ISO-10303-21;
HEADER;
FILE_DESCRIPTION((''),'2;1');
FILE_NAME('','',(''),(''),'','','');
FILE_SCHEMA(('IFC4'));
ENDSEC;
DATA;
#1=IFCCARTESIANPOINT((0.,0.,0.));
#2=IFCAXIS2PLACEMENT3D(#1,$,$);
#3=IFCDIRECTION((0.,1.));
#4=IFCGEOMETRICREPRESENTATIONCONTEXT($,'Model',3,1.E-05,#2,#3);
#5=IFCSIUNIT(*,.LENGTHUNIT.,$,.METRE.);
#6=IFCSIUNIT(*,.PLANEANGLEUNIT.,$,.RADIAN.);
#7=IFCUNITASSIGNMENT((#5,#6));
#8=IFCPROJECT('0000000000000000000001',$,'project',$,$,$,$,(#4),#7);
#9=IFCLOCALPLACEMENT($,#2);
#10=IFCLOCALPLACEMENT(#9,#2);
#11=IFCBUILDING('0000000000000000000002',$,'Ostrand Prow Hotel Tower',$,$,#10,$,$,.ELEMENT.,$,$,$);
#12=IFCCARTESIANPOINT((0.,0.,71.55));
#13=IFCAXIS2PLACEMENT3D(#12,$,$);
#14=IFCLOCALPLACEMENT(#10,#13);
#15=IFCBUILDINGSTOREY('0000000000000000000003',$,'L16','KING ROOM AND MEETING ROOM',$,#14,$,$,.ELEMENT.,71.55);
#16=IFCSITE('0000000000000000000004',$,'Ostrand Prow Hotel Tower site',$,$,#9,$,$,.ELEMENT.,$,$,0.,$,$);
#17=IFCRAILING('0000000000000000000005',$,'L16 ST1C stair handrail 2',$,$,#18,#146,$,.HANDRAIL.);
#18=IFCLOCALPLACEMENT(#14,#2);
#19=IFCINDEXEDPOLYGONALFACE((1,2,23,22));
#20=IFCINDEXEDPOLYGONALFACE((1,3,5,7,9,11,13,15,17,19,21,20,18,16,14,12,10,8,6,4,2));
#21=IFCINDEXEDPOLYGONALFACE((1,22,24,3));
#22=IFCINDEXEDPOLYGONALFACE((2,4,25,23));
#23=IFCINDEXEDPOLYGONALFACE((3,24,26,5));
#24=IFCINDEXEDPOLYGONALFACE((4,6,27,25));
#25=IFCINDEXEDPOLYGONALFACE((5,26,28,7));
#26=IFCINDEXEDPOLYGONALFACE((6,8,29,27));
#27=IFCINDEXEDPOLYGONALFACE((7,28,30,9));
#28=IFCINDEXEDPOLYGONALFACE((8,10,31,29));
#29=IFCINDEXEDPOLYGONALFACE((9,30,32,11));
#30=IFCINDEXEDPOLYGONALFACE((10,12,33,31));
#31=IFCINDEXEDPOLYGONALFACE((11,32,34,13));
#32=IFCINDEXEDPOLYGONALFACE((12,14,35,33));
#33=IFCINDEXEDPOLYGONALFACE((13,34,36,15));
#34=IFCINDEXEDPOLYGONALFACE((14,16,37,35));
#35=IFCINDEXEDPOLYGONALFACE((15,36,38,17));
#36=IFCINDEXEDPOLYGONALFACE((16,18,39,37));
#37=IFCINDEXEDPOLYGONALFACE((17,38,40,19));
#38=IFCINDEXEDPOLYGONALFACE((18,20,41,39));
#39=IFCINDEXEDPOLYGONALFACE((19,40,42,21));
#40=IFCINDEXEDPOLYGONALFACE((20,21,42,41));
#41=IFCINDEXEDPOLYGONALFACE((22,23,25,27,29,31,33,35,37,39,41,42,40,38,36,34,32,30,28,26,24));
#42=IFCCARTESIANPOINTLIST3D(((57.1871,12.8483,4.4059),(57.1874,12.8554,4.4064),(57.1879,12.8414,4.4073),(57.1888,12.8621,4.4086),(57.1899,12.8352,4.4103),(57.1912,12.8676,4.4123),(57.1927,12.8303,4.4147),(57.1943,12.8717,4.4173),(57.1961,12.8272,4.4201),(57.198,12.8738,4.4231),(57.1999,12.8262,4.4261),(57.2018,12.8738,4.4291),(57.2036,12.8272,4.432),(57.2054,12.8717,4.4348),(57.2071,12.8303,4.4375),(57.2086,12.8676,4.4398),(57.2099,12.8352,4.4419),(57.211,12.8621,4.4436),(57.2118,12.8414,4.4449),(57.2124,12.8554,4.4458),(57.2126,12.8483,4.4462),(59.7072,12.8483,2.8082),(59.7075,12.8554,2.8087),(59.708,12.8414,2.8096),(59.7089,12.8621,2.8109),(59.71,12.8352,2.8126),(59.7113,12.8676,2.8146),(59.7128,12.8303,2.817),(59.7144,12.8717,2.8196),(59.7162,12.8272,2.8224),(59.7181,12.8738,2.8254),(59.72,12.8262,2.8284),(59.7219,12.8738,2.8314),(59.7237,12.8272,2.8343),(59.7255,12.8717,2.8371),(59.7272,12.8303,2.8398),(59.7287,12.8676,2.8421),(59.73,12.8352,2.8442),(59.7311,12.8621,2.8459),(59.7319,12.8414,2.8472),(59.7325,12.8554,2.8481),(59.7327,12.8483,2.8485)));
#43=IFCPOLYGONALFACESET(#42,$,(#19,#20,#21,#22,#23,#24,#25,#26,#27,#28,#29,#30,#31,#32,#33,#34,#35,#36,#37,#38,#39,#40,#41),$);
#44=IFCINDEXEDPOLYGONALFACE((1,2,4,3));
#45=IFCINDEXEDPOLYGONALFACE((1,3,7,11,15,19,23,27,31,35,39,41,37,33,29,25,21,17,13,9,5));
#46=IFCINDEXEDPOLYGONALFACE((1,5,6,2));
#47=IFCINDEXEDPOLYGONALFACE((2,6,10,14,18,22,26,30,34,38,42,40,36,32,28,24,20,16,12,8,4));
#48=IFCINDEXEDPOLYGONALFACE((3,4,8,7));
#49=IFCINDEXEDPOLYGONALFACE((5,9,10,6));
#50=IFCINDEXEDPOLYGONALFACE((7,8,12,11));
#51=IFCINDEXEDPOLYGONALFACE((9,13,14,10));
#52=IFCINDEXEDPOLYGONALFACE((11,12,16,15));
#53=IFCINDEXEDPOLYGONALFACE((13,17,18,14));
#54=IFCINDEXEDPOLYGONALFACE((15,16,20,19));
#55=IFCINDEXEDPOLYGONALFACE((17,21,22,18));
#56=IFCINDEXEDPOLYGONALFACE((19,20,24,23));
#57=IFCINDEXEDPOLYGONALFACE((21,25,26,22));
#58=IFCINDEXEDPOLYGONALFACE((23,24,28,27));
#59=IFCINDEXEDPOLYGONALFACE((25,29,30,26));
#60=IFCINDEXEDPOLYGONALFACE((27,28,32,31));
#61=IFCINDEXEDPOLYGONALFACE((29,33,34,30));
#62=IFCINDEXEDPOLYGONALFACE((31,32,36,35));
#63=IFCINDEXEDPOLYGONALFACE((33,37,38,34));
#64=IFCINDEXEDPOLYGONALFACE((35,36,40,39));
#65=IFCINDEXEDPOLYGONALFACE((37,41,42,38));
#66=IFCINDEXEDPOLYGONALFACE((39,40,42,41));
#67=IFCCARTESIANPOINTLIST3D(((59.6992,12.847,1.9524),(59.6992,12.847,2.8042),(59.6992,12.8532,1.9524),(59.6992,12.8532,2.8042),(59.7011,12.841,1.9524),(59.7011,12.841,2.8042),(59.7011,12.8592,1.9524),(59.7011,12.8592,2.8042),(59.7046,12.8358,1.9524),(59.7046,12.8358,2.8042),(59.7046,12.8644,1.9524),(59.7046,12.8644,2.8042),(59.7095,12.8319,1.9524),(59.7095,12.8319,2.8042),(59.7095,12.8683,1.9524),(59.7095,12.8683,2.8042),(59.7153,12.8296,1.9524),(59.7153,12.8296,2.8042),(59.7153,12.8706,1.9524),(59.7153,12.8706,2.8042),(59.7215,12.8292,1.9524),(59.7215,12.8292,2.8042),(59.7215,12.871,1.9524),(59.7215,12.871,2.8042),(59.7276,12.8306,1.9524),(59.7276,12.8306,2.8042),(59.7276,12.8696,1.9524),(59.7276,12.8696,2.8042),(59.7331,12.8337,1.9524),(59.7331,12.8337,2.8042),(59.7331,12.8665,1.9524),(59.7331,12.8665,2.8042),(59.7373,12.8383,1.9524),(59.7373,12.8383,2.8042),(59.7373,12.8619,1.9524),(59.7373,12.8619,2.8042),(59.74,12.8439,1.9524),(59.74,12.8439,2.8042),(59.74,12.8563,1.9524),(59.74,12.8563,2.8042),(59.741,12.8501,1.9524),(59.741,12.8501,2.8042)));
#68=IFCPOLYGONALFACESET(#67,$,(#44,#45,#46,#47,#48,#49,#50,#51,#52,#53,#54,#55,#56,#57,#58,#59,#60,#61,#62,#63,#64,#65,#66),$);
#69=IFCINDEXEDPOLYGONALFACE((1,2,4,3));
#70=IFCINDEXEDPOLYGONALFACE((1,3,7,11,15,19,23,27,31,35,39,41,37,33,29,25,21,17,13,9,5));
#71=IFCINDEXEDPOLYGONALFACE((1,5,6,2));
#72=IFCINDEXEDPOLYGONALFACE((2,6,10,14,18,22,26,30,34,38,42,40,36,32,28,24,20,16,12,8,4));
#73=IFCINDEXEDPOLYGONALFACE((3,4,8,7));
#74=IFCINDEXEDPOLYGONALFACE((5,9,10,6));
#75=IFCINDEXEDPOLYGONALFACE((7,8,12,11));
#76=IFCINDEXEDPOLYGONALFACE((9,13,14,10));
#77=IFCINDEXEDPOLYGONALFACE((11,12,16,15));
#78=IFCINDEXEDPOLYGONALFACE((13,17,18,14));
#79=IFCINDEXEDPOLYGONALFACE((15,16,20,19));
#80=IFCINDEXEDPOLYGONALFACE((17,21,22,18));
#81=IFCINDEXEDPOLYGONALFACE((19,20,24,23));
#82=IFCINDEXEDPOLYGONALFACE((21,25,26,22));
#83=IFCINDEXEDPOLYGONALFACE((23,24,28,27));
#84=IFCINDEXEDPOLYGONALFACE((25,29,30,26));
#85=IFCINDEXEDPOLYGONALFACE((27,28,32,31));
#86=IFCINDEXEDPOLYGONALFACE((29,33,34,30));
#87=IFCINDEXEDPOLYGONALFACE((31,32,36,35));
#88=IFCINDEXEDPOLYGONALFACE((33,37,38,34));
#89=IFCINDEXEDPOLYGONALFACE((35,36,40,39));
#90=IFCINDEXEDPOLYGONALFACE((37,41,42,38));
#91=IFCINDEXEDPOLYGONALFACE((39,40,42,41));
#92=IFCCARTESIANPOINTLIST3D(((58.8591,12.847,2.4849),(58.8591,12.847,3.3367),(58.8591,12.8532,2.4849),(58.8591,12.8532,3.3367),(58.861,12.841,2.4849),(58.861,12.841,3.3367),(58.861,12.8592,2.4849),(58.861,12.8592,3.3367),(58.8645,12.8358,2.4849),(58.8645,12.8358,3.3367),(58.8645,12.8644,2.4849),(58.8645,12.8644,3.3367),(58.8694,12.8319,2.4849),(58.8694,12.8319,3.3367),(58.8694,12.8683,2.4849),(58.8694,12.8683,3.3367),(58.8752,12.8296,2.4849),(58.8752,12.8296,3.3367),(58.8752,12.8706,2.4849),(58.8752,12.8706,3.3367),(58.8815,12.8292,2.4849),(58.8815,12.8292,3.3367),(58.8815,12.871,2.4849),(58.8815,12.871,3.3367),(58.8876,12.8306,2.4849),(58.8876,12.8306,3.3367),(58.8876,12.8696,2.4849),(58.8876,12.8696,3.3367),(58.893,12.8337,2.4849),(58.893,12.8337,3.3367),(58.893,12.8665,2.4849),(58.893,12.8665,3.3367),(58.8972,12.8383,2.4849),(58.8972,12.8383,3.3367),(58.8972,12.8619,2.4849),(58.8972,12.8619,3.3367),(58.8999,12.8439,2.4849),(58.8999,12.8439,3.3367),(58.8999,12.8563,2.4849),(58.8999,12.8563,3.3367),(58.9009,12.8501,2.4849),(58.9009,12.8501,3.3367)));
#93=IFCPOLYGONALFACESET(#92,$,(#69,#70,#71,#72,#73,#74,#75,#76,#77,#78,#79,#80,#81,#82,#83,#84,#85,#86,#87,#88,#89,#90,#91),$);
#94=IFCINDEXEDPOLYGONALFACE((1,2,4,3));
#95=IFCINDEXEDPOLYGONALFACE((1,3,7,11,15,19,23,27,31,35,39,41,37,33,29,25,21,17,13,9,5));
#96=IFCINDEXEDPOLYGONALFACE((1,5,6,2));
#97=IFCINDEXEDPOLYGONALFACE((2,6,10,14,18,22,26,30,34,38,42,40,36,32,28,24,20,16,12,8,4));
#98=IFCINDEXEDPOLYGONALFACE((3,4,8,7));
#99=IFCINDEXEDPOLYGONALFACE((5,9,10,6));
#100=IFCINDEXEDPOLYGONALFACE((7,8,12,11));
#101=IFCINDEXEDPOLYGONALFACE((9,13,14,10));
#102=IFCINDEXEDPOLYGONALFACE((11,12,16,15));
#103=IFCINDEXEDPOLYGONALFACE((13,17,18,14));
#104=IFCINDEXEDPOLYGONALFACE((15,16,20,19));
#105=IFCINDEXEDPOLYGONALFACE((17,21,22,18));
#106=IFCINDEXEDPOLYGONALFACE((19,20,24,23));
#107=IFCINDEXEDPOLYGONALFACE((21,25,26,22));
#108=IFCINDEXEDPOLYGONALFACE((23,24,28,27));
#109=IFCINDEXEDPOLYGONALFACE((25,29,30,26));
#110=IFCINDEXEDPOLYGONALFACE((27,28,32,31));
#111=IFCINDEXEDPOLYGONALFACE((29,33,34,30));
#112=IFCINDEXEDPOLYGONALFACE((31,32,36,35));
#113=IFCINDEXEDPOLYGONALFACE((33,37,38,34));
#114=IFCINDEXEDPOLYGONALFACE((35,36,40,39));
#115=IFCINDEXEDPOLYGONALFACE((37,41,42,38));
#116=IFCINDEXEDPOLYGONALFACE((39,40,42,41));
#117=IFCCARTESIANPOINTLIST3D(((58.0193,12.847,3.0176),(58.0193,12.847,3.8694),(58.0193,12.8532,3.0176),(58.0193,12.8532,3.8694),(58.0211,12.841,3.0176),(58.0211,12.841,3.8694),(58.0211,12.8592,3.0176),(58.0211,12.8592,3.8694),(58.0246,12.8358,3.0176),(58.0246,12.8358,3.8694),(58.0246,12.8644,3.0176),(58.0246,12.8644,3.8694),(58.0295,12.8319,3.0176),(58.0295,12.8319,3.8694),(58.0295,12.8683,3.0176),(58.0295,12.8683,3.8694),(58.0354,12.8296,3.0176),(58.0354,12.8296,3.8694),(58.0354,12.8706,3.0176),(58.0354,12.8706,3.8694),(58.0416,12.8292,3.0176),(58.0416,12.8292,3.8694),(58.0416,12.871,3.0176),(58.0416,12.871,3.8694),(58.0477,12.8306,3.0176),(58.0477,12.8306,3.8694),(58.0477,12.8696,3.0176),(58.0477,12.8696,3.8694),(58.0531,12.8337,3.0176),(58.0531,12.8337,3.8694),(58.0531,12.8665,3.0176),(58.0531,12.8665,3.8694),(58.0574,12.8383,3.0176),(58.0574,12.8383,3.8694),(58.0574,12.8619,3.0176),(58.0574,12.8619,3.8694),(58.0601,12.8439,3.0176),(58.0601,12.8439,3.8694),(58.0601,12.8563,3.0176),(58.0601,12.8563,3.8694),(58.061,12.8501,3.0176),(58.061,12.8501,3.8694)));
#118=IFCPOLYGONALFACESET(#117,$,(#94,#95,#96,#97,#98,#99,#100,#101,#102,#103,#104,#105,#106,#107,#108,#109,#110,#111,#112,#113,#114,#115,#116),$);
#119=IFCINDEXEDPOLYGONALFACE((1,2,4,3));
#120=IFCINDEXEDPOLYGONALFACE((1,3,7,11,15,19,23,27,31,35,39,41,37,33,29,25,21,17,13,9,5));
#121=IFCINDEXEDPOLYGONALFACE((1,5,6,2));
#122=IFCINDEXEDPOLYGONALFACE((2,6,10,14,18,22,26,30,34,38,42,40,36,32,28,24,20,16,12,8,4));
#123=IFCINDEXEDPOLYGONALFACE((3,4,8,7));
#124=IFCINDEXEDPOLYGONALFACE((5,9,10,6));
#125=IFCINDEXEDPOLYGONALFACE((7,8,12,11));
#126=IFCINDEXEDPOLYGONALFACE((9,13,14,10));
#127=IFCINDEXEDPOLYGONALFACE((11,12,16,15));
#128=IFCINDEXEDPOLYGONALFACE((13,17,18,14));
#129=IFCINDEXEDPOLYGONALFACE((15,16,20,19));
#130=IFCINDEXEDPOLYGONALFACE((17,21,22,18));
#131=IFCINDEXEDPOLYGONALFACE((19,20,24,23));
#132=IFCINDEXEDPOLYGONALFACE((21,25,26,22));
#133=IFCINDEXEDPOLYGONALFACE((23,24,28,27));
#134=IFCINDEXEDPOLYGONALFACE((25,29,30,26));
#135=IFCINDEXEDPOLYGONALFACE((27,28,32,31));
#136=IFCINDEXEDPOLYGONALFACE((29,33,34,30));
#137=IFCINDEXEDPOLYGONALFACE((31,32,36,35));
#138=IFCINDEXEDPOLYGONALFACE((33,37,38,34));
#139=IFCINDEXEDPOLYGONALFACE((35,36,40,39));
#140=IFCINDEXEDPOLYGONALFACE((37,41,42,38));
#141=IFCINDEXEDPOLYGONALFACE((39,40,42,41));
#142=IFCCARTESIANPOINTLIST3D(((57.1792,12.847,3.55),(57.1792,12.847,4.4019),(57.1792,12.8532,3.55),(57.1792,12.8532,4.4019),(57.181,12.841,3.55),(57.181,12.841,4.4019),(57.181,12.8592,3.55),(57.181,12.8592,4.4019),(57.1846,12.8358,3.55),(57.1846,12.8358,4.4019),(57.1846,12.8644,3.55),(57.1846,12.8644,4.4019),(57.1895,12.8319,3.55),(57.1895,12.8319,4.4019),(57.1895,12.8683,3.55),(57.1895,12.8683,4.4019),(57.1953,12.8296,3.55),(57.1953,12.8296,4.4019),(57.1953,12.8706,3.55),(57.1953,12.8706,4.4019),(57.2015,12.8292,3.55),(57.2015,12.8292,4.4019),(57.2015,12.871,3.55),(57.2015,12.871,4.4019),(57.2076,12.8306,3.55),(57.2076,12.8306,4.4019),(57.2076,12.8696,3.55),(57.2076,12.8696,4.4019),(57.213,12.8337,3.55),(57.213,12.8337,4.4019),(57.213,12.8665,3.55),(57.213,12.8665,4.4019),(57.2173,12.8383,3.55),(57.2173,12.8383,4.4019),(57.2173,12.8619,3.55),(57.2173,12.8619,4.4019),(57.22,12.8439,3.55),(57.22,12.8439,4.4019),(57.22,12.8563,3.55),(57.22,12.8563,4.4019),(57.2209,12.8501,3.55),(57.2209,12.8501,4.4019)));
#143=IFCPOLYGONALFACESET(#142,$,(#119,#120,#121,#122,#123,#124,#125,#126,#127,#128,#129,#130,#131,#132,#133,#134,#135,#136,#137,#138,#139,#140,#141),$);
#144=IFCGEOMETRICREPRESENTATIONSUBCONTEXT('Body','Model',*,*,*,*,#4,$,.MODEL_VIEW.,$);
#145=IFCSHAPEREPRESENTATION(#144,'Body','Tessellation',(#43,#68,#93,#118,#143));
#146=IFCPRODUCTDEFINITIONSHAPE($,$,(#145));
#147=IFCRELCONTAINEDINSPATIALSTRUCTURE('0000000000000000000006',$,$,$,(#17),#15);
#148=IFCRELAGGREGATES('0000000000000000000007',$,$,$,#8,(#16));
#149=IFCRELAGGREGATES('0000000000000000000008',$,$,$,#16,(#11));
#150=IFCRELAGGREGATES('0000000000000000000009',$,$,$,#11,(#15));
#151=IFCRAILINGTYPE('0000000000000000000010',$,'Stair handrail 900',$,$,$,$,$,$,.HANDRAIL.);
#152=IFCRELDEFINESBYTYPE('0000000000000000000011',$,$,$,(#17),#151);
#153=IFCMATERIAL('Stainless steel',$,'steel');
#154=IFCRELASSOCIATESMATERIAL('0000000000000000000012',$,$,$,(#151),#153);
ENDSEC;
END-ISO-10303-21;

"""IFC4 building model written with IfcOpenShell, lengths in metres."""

from ifc_helpers import new_model, si_unit, direction, frame, origin, origin_2d, place, context, subcontext, project, spatial, circle, extrude, material, type_object, element, save


model = new_model("IFC4")

# Units and contexts
model_context = context("Model", 3, precision=1e-05, world=origin(), true_north=direction((0.0, 1.0)))
body_context = subcontext(model_context, "Body", "Model", "MODEL_VIEW")
ifc_project = project(units=[si_unit("LENGTHUNIT", "METRE"), si_unit("PLANEANGLEUNIT", "RADIAN")], contexts=[model_context])

# Site, building, storey
site_placement = place(None, origin())
site = spatial("IfcSite", under=ifc_project, at=site_placement, Name="Ostrand Prow Hotel Tower site", CompositionType="ELEMENT", RefElevation=0.0)
building_placement = place(site_placement, origin())
building = spatial("IfcBuilding", under=site, at=building_placement, Name="Ostrand Prow Hotel Tower", CompositionType="ELEMENT")
storey_placement = place(building_placement, frame((0.0, 0.0, 71.55)))
storey = spatial("IfcBuildingStorey", under=building, at=storey_placement, Name="L16", Description="KING ROOM AND MEETING ROOM", CompositionType="ELEMENT", Elevation=71.55)

# Railing
ifc_material_1 = material(Name="Stainless steel", Category="steel")
railing_type_1 = type_object("IfcRailingType", Name="Stair handrail 900", PredefinedType="HANDRAIL", material=ifc_material_1)
railing_1_placement = place(storey_placement, frame((59.72, 12.8501, 1.9524)))
element("IfcRailing", 1, at=railing_1_placement, inside=storey, type_object=railing_type_1, Name="L16 ST1C stair handrail 2", PredefinedType="HANDRAIL", context=body_context, shape_type="SweptSolid", body=[
    extrude(circle(Radius=0.0239, at=origin_2d()), frame((0.0, 0.0, 0.876), z_axis=(-0.84457, 0.0, 0.535445), x_axis=(0.0, -1.0, 0.0)), (0.0, 0.0, 1.0), 2.9839),
    extrude(circle(Radius=0.021, at=origin_2d()), origin(), (0.0, 0.0, 1.0), 0.8518),
    extrude(circle(Radius=0.021, at=origin_2d()), frame((-0.8401, 0.0, 0.5325)), (0.0, 0.0, 1.0), 0.8518),
    extrude(circle(Radius=0.021, at=origin_2d()), frame((-1.6799, 0.0, 1.0652)), (0.0, 0.0, 1.0), 0.8518),
    extrude(circle(Radius=0.021, at=origin_2d()), frame((-2.52, 0.0, 1.5977)), (0.0, 0.0, 1.0), 0.8518),
])

save(model, "model.ifc")
